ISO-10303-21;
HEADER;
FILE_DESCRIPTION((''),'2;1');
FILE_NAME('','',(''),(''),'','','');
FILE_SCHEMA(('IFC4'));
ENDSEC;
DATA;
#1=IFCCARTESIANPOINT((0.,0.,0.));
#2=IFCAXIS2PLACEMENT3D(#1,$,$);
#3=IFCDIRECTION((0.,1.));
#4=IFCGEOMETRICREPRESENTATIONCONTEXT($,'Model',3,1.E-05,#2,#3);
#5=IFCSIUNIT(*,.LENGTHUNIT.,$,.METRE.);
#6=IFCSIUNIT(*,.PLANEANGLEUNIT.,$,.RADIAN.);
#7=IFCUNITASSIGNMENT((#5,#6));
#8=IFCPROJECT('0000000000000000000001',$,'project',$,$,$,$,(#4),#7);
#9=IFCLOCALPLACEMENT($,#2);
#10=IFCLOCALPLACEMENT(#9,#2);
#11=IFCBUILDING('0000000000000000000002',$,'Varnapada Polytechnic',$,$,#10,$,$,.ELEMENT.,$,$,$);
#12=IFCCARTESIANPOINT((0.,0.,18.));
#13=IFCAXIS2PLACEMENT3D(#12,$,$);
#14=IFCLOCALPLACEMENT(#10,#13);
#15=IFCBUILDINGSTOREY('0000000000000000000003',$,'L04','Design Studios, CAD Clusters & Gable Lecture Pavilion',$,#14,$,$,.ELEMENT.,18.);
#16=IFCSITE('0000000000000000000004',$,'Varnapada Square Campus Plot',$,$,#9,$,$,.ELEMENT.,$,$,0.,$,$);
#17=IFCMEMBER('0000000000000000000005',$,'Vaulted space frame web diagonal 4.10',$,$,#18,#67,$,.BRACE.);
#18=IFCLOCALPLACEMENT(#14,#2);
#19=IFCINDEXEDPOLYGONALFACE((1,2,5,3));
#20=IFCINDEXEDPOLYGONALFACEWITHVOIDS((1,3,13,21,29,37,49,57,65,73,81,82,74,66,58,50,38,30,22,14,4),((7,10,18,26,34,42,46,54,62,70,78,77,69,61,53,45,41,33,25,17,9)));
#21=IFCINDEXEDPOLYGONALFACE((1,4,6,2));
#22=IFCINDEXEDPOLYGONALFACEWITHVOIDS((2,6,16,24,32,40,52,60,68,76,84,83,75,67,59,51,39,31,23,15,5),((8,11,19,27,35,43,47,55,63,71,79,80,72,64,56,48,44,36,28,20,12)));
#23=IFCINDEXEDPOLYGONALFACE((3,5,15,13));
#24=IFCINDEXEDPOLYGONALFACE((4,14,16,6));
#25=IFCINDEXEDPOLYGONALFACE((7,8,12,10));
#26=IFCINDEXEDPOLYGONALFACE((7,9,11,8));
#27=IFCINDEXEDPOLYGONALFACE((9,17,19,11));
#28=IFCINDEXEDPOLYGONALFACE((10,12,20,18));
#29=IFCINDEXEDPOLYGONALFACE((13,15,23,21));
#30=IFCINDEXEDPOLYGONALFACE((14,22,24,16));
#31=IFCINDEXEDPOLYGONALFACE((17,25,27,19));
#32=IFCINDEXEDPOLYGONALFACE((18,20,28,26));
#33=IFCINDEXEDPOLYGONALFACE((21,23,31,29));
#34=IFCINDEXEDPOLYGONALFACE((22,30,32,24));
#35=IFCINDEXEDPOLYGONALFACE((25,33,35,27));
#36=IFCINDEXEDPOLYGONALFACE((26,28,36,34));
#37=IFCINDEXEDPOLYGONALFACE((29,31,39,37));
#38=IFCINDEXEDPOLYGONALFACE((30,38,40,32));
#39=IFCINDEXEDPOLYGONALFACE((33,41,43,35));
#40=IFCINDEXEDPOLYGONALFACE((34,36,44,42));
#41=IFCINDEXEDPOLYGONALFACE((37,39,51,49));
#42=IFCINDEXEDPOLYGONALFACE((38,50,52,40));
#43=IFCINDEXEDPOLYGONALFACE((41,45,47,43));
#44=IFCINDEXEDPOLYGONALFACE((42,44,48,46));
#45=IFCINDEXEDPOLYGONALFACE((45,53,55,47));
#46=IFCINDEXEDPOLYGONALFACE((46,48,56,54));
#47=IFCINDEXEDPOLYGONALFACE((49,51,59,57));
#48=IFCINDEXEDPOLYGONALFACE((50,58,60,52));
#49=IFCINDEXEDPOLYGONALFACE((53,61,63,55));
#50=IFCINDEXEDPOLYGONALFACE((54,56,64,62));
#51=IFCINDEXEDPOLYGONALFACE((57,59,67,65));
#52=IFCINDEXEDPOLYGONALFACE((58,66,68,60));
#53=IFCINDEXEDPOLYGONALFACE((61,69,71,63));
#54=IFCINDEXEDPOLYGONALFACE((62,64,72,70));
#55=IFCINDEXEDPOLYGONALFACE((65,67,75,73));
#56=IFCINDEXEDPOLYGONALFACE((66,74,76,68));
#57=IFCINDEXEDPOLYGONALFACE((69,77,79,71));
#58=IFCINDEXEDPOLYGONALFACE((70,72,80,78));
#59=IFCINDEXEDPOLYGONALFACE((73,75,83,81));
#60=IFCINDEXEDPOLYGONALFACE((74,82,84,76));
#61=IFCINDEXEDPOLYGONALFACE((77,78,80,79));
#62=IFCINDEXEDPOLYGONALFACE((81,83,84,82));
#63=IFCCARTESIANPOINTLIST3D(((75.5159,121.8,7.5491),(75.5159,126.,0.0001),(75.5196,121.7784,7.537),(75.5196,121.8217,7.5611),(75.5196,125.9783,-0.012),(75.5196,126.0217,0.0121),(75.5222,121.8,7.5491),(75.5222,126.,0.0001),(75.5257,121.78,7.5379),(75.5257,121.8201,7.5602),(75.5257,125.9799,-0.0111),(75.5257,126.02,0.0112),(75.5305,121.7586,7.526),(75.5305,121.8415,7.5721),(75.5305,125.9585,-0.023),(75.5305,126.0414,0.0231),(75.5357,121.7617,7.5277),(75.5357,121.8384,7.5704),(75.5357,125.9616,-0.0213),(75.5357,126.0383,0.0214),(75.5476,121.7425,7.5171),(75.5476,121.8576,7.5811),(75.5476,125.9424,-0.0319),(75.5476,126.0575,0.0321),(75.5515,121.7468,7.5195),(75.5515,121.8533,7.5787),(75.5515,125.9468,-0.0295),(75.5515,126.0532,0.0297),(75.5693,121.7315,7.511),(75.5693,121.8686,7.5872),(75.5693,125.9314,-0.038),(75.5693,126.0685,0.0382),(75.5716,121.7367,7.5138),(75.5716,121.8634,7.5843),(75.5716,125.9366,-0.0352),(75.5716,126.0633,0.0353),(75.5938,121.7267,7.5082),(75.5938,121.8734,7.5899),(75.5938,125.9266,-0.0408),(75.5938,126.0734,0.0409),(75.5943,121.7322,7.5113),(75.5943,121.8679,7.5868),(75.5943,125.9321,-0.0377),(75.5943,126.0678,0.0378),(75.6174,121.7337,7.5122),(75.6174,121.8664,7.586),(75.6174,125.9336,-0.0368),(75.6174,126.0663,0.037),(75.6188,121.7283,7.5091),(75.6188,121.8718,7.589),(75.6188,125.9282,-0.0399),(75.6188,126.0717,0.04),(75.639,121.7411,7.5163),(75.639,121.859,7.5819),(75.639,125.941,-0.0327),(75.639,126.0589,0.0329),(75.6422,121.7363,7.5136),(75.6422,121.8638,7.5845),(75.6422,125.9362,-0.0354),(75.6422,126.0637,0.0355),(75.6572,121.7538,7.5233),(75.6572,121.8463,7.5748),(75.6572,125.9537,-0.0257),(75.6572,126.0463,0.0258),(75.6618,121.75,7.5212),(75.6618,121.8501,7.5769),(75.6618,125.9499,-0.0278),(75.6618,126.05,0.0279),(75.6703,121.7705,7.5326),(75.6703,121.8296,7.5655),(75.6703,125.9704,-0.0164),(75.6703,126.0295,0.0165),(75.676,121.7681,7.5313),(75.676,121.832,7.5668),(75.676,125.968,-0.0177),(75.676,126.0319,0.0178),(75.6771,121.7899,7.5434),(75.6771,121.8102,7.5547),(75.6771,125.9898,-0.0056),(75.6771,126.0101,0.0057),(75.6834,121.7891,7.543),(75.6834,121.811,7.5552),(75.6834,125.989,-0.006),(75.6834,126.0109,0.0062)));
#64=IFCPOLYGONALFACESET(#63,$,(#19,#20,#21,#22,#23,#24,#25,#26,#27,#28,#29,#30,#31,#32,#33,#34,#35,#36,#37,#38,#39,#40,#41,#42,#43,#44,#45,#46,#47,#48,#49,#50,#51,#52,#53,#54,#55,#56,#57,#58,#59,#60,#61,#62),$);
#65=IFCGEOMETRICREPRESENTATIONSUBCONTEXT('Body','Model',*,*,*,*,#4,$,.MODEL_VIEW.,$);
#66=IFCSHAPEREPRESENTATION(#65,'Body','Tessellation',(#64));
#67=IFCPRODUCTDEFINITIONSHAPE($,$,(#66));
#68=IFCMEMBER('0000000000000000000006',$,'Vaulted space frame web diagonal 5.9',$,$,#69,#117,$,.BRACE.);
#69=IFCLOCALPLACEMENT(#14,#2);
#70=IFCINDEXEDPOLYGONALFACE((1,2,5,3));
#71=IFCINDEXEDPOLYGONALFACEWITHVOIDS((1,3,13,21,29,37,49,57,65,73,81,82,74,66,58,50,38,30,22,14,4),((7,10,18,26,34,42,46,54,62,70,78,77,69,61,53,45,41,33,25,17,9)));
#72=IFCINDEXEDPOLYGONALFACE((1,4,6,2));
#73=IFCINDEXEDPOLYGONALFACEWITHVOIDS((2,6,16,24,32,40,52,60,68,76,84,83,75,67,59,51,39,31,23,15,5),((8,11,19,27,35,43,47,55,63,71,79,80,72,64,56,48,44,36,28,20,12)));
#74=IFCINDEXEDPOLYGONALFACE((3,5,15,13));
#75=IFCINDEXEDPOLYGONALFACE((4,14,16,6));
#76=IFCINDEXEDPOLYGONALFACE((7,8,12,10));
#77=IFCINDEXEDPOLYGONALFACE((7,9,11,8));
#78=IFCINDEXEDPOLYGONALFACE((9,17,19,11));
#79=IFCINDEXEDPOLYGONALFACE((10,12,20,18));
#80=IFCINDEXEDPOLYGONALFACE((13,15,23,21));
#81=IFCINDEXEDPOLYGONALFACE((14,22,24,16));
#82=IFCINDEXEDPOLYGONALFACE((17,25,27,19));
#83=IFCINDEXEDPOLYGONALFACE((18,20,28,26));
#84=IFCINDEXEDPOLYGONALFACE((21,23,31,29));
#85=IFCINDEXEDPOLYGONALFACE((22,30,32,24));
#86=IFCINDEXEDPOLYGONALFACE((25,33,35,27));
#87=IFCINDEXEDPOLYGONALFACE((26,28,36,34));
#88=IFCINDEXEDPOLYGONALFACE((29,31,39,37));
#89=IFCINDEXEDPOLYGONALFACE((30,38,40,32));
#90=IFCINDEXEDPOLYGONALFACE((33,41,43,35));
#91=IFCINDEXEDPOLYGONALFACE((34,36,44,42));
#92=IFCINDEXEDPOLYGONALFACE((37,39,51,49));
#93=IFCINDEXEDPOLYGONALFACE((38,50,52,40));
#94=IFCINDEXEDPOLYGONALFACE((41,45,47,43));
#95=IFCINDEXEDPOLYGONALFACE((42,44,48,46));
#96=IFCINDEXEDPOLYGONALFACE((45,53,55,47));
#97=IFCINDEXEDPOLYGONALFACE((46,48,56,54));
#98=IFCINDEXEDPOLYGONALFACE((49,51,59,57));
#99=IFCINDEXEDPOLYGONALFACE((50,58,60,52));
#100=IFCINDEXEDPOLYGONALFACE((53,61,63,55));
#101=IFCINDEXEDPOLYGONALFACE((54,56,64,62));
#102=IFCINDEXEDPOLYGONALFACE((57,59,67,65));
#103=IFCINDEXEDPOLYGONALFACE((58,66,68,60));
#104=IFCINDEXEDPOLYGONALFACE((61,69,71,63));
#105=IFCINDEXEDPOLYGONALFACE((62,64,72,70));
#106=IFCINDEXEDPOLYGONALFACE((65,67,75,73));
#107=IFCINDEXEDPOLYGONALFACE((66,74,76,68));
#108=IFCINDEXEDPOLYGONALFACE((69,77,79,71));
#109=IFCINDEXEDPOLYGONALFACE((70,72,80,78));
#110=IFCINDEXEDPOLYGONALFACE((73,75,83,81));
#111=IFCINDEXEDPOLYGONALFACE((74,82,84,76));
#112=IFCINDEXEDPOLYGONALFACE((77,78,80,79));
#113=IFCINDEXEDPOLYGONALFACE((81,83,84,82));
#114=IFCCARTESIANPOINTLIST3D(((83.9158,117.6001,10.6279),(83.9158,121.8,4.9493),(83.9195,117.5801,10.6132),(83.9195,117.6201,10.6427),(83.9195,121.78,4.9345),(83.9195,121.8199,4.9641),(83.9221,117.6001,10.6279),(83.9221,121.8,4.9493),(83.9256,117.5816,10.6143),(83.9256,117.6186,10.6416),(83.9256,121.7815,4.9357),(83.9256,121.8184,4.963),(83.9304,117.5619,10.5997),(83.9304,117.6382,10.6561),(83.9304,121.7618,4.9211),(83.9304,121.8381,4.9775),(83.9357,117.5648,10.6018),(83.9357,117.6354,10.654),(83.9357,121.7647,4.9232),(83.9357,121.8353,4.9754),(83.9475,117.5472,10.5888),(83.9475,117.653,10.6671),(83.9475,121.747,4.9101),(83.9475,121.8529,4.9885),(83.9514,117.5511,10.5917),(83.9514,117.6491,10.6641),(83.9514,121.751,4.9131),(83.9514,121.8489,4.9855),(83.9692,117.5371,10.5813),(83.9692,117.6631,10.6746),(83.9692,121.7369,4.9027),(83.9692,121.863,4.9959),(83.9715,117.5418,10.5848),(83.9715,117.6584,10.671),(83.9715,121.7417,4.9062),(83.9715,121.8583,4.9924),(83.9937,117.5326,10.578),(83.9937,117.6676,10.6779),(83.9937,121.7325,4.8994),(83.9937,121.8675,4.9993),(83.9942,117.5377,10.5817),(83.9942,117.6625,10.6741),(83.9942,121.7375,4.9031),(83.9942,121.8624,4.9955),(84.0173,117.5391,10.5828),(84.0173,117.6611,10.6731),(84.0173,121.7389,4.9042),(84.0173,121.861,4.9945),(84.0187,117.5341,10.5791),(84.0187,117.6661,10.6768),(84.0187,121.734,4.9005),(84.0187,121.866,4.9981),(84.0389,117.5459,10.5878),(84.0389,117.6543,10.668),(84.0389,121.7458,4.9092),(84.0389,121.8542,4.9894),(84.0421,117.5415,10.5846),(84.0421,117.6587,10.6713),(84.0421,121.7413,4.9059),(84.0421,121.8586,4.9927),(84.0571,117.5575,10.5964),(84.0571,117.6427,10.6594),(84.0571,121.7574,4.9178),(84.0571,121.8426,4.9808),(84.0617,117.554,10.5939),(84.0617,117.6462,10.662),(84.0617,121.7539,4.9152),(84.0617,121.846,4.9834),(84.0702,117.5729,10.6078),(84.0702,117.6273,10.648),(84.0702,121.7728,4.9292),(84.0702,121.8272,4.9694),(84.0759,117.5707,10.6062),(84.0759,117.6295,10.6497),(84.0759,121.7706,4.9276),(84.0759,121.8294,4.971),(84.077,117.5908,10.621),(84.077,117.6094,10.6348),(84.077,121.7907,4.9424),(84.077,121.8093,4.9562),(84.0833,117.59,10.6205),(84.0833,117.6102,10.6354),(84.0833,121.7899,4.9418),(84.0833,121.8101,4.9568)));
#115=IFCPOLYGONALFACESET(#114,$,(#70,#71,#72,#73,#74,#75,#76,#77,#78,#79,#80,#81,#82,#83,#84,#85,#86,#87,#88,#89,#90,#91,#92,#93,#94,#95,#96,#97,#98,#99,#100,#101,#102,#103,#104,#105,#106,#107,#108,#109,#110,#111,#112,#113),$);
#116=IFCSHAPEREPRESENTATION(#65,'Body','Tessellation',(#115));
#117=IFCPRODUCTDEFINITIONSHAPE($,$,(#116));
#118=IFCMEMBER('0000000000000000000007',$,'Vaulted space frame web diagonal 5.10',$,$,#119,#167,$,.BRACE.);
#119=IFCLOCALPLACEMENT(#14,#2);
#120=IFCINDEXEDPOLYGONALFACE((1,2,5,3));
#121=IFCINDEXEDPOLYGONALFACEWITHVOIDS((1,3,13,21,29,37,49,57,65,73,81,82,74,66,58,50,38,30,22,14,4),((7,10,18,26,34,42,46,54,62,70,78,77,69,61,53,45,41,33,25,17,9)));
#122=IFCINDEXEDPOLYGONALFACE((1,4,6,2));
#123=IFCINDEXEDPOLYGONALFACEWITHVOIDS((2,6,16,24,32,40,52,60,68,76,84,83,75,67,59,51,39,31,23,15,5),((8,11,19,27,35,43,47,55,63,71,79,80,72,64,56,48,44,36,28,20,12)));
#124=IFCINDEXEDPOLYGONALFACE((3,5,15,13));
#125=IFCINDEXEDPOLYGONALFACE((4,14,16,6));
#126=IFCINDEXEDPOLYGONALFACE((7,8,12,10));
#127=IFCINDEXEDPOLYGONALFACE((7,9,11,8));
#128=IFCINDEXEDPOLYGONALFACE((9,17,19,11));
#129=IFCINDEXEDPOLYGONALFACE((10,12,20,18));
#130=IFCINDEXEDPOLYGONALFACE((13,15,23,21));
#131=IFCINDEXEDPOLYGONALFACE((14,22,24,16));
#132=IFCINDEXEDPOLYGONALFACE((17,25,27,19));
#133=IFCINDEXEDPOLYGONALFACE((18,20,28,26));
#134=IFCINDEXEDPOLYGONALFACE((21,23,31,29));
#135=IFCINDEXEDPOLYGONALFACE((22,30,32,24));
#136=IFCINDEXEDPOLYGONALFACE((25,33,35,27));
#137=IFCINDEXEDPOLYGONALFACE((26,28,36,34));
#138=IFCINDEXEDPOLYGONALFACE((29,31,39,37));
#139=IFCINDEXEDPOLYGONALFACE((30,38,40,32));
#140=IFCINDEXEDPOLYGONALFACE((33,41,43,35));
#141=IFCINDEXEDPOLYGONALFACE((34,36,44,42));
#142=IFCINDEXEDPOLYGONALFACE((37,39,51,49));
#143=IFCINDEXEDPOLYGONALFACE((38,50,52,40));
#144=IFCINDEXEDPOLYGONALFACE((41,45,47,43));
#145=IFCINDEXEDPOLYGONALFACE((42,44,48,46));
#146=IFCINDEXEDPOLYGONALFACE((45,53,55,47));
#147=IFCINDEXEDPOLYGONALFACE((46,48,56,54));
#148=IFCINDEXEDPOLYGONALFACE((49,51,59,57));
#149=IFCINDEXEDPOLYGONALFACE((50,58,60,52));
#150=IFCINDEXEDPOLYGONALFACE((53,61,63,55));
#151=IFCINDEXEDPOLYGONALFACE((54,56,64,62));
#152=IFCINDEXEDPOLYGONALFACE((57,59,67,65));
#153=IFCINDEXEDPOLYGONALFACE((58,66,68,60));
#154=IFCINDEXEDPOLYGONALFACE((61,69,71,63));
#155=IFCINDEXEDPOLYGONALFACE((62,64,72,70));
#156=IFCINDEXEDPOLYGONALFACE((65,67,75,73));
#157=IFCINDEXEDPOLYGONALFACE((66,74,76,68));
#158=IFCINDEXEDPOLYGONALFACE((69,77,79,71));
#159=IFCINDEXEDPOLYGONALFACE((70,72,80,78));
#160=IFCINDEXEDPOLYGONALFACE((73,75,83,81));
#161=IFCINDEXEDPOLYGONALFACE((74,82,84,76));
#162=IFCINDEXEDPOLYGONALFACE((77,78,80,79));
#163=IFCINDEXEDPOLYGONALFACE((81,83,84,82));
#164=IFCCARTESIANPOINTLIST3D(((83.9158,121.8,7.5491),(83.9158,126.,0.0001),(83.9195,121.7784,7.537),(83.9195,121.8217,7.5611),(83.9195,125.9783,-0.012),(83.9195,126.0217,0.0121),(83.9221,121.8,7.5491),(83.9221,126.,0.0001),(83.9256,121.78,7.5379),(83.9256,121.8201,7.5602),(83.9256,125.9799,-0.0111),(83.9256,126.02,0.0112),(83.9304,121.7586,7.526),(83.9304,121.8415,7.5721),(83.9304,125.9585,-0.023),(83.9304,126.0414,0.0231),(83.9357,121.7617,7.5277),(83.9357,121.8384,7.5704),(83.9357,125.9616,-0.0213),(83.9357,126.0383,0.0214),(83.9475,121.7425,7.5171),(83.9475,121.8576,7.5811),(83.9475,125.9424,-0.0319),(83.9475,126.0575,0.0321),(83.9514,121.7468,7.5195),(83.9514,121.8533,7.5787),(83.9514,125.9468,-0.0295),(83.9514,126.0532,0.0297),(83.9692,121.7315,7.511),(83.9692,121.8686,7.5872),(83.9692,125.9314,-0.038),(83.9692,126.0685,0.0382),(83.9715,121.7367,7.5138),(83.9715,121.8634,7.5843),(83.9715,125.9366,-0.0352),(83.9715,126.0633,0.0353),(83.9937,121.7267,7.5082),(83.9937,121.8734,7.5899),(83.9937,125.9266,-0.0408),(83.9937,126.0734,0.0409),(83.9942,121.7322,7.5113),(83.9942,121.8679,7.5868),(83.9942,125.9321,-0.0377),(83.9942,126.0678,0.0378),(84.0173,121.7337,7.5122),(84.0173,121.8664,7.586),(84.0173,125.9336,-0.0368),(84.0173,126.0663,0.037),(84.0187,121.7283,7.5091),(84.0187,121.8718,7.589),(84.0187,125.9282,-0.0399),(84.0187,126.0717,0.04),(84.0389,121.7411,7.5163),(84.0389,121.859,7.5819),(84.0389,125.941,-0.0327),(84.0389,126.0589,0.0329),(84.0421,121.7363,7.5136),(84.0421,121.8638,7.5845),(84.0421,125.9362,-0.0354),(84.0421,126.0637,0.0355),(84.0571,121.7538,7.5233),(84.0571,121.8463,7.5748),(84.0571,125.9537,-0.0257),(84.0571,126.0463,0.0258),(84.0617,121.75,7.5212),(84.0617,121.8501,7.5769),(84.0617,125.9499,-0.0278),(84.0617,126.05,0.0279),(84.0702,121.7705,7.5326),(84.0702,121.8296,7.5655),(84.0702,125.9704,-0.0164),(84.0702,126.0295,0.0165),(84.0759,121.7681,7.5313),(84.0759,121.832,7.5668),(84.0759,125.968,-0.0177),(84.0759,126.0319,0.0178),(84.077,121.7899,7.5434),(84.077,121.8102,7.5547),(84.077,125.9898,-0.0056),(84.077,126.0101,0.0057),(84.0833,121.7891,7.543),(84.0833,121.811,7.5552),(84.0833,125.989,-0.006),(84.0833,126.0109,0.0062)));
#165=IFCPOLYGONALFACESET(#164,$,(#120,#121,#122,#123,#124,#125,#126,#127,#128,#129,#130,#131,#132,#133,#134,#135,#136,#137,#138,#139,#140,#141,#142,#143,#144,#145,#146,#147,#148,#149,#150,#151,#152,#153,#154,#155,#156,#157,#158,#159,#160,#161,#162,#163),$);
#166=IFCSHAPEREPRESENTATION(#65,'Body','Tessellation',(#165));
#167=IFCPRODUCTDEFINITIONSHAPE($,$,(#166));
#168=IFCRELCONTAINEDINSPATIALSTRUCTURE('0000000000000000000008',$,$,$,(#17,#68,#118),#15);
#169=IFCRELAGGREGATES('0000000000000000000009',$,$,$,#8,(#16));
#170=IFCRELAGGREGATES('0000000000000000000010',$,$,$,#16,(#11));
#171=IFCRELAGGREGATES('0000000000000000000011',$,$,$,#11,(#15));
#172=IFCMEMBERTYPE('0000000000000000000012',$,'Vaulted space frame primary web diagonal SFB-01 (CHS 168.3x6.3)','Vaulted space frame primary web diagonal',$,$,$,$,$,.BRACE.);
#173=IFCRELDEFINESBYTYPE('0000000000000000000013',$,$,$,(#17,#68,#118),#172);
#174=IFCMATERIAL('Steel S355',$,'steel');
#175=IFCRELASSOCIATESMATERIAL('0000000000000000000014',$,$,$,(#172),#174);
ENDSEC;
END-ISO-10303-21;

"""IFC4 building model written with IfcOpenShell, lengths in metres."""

from ifc_helpers import new_model, si_unit, direction, frame, origin, origin_2d, place, context, subcontext, project, spatial, hollow_circle, extrude, material, material_profile, profile_set, type_object, element, save


model = new_model("IFC4")

# Units and contexts
model_context = context("Model", 3, precision=1e-05, world=origin(), true_north=direction((0.0, 1.0)))
body_context = subcontext(model_context, "Body", "Model", "MODEL_VIEW")
ifc_project = project(units=[si_unit("LENGTHUNIT", "METRE"), si_unit("PLANEANGLEUNIT", "RADIAN")], contexts=[model_context])

# Site, building, storey
site_placement = place(None, origin())
site = spatial("IfcSite", under=ifc_project, at=site_placement, Name="Varnapada Square Campus Plot", CompositionType="ELEMENT", RefElevation=0.0)
building_placement = place(site_placement, origin())
building = spatial("IfcBuilding", under=site, at=building_placement, Name="Varnapada Polytechnic", CompositionType="ELEMENT")
storey_placement = place(building_placement, frame((0.0, 0.0, 18.0)))
storey = spatial("IfcBuildingStorey", under=building, at=storey_placement, Name="L04", Description="Design Studios, CAD Clusters & Gable Lecture Pavilion", CompositionType="ELEMENT", Elevation=18.0)

# Shared definitions
ifc_material = material(Name="Steel S355", Category="steel")

# Members
ifc_material_profile_1 = material_profile(ifc_material, hollow_circle(Radius=0.0842, WallThickness=0.0063, at=origin_2d()), Name="CHS 168.3x6.3")
ifc_profile_set_1 = profile_set([ifc_material_profile_1], Name="Steel S355")
member_type_1 = type_object("IfcMemberType", Name="Vaulted space frame primary web diagonal SFB-01 (CHS 168.3x6.3)", Description="Vaulted space frame primary web diagonal", PredefinedType="BRACE", material=ifc_profile_set_1)
member_1_placement = place(storey_placement, frame((75.6001, 121.8, 7.5491), z_axis=(0.0, 0.486176, -0.873861), x_axis=(-1.0, 0.0, 0.0)))
element("IfcMember", 1, at=member_1_placement, inside=storey, type_object=member_type_1, Name="Vaulted space frame web diagonal 4.10", PredefinedType="BRACE", context=body_context, shape_type="SweptSolid", body=[
    extrude(hollow_circle(Radius=0.0842, WallThickness=0.0063, at=origin_2d()), origin(), (0.0, 0.0, 1.0), 8.6387),
])
member_2_placement = place(storey_placement, frame((84.0, 117.6001, 10.6279), z_axis=(0.0, 0.594633, -0.803997), x_axis=(-1.0, 0.0, 0.0)))
element("IfcMember", 2, at=member_2_placement, inside=storey, type_object=member_type_1, Name="Vaulted space frame web diagonal 5.9", PredefinedType="BRACE", context=body_context, shape_type="SweptSolid", body=[
    extrude(hollow_circle(Radius=0.0842, WallThickness=0.0063, at=origin_2d()), origin(), (0.0, 0.0, 1.0), 7.063),
])
member_3_placement = place(storey_placement, frame((84.0, 121.8, 7.5491), z_axis=(0.0, 0.486176, -0.873861), x_axis=(-1.0, 0.0, 0.0)))
element("IfcMember", 3, at=member_3_placement, inside=storey, type_object=member_type_1, Name="Vaulted space frame web diagonal 5.10", PredefinedType="BRACE", context=body_context, shape_type="SweptSolid", body=[
    extrude(hollow_circle(Radius=0.0842, WallThickness=0.0063, at=origin_2d()), origin(), (0.0, 0.0, 1.0), 8.6387),
])

save(model, "model.ifc")
